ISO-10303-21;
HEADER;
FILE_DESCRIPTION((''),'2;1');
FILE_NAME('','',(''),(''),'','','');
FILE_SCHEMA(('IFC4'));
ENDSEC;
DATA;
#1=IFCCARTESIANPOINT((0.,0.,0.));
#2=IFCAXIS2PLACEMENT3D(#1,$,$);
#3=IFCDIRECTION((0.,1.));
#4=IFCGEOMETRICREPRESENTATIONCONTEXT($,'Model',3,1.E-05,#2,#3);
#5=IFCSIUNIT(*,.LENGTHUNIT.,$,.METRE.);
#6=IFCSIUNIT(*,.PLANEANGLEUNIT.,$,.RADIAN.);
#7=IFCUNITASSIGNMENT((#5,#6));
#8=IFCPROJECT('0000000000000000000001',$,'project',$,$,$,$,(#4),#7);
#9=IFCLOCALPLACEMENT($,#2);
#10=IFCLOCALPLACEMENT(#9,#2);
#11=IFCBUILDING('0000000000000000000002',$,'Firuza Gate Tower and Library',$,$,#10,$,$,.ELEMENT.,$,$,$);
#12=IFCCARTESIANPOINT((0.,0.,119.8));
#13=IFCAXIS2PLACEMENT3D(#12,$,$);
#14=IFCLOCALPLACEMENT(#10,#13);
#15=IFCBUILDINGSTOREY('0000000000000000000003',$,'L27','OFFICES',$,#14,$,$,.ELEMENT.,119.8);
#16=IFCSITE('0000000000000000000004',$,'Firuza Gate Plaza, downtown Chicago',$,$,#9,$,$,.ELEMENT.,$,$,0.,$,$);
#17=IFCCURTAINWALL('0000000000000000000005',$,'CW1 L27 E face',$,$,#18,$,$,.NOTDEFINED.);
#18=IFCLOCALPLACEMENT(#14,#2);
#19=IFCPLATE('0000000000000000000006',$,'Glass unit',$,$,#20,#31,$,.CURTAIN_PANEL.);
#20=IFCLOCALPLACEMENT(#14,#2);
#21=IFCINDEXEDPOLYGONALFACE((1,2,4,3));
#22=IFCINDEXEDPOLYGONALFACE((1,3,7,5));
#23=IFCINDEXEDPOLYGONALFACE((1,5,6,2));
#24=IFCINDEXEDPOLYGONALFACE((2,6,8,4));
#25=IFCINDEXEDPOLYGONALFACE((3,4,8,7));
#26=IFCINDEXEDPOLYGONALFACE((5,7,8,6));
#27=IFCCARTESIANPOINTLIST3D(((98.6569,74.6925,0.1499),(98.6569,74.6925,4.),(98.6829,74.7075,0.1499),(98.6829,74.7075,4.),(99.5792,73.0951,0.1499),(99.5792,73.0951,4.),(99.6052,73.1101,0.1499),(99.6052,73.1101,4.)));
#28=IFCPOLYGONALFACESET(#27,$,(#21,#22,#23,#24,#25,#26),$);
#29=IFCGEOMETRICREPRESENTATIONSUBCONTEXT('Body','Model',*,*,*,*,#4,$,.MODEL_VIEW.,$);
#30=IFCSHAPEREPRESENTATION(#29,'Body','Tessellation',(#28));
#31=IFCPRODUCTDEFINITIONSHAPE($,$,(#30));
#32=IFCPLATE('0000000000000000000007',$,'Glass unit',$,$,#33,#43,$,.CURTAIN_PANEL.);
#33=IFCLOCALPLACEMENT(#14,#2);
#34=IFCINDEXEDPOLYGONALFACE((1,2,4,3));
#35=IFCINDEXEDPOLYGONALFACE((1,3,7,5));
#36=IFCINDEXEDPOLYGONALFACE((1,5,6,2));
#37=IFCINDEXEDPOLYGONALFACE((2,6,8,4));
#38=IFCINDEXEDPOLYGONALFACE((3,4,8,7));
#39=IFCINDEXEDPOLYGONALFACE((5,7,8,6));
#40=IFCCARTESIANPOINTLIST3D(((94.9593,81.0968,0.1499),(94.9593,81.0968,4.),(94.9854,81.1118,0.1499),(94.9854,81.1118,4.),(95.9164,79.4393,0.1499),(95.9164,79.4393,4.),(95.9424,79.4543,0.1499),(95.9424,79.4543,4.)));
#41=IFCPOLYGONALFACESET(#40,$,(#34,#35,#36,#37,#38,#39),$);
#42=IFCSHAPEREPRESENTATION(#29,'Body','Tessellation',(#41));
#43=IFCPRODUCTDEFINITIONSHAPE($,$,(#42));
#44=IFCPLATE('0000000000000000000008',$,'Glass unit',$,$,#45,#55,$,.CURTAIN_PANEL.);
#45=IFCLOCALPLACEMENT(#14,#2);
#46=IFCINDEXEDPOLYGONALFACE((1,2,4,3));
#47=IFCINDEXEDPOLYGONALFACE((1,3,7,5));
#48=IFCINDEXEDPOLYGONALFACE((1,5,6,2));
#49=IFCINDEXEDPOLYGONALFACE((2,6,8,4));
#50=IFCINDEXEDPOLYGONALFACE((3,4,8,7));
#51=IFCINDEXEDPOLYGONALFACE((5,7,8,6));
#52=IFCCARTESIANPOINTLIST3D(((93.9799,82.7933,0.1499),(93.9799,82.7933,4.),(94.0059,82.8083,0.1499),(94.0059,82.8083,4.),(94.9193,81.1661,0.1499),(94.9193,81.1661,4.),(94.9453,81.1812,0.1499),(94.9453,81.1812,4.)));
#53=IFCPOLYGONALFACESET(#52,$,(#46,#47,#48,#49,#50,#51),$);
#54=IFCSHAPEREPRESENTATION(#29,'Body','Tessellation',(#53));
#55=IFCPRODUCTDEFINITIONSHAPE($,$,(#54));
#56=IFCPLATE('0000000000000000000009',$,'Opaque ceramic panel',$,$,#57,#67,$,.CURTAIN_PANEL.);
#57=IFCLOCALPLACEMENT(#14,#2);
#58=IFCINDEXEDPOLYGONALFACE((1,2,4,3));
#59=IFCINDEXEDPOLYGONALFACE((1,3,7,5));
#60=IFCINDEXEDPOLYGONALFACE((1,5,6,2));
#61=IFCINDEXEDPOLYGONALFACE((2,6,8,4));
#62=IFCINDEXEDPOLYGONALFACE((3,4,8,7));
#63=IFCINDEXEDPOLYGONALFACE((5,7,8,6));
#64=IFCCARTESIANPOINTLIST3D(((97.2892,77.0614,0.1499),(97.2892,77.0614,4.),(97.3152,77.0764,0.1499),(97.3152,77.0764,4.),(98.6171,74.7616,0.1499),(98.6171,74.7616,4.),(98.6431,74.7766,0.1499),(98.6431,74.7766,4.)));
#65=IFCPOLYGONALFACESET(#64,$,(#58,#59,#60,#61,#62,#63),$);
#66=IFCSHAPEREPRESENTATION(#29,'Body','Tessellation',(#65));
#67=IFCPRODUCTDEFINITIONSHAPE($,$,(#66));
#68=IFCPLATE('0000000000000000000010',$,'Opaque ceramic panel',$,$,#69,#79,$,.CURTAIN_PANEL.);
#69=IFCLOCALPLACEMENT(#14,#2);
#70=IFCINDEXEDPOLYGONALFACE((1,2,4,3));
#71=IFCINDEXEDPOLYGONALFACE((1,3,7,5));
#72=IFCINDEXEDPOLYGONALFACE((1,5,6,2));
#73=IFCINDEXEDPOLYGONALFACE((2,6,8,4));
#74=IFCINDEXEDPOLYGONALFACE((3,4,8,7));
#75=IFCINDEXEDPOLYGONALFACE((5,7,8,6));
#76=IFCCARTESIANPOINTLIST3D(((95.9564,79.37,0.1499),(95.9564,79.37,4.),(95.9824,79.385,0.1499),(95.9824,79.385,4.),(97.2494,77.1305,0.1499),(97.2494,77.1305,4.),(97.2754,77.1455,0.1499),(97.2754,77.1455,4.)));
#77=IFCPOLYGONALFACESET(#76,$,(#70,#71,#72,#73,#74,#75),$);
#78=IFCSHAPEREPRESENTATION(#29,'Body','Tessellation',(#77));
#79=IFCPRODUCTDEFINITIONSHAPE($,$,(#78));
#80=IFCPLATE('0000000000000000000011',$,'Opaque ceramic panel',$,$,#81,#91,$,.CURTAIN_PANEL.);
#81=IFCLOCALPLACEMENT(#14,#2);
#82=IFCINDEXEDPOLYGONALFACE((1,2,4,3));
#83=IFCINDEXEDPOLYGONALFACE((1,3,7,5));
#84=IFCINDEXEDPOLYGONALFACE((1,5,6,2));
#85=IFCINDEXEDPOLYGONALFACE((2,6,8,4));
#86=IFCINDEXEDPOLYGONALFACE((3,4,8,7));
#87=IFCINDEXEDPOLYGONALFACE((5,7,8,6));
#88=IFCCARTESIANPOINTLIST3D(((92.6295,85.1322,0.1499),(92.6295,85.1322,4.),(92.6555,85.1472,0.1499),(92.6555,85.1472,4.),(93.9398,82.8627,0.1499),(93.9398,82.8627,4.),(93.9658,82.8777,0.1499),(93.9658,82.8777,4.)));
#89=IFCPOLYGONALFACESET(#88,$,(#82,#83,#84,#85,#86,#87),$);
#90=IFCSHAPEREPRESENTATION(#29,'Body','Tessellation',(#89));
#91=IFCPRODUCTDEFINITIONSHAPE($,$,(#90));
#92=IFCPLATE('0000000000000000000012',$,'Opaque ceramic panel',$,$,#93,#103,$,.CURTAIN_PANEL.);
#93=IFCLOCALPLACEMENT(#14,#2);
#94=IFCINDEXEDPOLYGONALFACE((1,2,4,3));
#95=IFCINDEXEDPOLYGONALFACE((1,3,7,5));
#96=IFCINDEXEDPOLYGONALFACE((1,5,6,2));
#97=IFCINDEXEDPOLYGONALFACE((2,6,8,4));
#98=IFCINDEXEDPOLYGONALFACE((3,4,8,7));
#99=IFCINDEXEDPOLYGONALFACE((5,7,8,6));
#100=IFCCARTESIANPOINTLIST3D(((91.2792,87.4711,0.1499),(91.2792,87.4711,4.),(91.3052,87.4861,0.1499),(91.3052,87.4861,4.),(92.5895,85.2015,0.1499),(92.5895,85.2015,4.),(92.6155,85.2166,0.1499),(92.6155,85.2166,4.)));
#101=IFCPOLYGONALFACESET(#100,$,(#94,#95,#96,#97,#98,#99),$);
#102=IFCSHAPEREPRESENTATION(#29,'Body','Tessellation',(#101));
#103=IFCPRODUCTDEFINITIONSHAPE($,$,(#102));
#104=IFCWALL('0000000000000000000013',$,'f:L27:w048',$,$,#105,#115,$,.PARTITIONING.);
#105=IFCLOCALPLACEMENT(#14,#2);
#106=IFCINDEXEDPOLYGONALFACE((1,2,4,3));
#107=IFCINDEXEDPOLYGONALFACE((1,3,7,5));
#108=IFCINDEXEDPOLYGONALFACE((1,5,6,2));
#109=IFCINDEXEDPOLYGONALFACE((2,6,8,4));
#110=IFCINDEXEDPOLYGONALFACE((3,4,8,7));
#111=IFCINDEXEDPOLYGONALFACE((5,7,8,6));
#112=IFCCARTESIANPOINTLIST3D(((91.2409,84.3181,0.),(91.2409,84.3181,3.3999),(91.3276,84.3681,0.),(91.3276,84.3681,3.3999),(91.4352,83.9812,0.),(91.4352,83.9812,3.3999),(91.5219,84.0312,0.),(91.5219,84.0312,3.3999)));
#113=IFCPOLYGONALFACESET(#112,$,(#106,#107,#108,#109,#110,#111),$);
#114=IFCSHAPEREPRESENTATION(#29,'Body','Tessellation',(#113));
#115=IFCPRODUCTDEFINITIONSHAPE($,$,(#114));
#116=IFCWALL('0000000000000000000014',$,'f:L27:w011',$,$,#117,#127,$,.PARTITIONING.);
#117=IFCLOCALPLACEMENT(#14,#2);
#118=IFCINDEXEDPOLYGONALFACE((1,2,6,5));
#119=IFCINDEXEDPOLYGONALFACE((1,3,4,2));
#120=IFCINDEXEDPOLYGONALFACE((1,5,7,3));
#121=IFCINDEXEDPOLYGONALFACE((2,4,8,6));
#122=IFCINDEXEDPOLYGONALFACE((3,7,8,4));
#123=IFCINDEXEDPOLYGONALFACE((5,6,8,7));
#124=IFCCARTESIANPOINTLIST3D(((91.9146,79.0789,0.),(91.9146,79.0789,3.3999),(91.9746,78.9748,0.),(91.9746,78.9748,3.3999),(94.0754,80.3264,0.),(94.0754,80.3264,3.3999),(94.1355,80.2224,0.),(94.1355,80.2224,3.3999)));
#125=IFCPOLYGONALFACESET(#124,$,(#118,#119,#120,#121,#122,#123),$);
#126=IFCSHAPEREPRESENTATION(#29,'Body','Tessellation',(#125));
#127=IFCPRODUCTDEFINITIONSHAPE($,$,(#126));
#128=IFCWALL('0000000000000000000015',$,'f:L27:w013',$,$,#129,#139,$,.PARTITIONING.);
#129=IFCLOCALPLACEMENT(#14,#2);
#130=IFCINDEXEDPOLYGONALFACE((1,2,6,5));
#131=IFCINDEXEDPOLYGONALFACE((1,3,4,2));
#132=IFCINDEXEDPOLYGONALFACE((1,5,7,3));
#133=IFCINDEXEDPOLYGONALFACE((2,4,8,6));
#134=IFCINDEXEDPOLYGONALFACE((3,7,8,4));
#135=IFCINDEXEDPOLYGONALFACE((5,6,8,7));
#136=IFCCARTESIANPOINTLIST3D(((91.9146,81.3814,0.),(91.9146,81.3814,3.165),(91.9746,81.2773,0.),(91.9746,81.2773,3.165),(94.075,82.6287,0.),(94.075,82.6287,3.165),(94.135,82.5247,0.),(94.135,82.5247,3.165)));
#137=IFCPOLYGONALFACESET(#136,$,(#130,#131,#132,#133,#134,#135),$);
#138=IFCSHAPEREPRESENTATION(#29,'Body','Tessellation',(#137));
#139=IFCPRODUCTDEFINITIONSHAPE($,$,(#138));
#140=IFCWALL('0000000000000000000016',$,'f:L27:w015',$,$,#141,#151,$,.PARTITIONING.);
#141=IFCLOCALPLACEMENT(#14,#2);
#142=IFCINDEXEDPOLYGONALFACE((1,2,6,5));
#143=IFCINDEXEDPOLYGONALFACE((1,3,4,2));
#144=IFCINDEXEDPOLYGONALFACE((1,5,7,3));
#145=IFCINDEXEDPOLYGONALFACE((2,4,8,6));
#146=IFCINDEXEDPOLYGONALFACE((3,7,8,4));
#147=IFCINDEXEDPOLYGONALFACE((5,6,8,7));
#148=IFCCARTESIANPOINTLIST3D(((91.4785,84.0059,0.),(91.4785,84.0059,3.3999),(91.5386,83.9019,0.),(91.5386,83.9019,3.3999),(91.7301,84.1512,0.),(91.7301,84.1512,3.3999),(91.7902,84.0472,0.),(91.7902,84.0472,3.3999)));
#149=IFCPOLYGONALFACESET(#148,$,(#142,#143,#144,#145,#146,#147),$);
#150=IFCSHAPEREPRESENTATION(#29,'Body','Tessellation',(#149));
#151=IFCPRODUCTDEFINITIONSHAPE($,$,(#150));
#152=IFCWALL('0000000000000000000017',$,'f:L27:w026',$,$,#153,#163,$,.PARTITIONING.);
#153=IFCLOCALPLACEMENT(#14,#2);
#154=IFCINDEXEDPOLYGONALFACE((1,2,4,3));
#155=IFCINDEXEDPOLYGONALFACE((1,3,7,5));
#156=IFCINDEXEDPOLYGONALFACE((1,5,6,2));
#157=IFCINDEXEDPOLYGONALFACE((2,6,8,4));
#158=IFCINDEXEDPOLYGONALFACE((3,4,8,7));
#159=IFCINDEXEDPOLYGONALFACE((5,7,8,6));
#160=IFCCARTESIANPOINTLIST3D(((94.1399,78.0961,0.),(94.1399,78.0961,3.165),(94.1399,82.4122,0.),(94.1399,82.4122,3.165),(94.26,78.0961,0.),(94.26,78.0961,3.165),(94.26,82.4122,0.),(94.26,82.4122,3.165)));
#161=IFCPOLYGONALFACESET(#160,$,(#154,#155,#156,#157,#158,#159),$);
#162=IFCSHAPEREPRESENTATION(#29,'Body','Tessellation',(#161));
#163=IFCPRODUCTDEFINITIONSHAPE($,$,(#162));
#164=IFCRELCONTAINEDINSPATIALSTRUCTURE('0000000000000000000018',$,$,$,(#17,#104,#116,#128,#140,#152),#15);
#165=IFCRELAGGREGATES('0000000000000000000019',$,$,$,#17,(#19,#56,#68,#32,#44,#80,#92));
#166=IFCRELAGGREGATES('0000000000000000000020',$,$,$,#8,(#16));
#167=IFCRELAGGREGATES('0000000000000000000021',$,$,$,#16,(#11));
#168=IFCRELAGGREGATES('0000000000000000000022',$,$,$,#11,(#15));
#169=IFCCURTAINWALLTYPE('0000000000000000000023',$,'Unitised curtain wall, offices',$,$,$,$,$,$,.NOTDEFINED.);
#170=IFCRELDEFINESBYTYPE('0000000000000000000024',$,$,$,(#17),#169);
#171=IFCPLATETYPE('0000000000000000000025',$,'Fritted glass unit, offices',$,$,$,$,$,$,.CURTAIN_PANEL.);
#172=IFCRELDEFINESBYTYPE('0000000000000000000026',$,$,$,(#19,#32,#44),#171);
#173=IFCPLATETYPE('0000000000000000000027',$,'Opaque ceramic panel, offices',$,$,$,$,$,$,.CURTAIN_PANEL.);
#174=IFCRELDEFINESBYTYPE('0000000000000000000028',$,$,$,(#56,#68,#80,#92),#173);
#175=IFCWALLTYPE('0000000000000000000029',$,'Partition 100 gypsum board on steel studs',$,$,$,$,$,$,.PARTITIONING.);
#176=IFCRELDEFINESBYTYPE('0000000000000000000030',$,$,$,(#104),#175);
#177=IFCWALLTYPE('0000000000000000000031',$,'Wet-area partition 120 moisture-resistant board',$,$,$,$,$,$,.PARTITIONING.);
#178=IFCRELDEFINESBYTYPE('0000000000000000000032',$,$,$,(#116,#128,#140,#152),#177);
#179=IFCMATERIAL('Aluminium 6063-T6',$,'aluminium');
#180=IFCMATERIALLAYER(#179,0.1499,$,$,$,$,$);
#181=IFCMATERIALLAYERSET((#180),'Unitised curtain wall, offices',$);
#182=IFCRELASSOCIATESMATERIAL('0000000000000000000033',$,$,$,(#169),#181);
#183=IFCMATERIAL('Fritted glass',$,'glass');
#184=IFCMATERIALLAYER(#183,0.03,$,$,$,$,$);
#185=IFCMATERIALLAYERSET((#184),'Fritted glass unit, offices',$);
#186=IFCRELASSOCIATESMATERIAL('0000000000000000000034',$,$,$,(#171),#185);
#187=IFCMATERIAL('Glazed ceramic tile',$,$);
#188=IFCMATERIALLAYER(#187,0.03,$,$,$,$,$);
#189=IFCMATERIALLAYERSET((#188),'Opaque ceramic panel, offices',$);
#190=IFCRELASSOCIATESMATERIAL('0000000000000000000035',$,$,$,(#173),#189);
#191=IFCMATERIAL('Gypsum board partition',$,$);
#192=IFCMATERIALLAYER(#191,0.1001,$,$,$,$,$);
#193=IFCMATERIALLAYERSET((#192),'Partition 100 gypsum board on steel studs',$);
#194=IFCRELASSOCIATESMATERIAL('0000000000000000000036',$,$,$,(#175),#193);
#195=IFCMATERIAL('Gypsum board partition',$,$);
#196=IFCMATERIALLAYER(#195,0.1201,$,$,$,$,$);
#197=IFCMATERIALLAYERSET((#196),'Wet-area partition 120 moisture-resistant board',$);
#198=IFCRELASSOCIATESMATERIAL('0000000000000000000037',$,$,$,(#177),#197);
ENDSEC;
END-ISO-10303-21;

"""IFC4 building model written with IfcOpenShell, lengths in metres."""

from ifc_helpers import new_model, si_unit, direction, frame, frame_2d, origin, place, context, subcontext, project, spatial, polyline, rectangle, outline, extrude, material, layer, layer_set, type_object, element, aggregate, save


model = new_model("IFC4")

# Units and contexts
model_context = context("Model", 3, precision=1e-05, world=origin(), true_north=direction((0.0, 1.0)))
body_context = subcontext(model_context, "Body", "Model", "MODEL_VIEW")
ifc_project = project(units=[si_unit("LENGTHUNIT", "METRE"), si_unit("PLANEANGLEUNIT", "RADIAN")], contexts=[model_context])

# Site, building, storey
site_placement = place(None, origin())
site = spatial("IfcSite", under=ifc_project, at=site_placement, Name="Firuza Gate Plaza, downtown Chicago", CompositionType="ELEMENT", RefElevation=0.0)
building_placement = place(site_placement, origin())
building = spatial("IfcBuilding", under=site, at=building_placement, Name="Firuza Gate Tower and Library", CompositionType="ELEMENT")
storey_placement = place(building_placement, frame((0.0, 0.0, 119.8)))
storey = spatial("IfcBuildingStorey", under=building, at=storey_placement, Name="L27", Description="OFFICES", CompositionType="ELEMENT", Elevation=119.8)

# Curtain wall
ifc_material_1 = material(Name="Aluminium 6063-T6", Category="aluminium")
ifc_layer_1 = layer(ifc_material_1, 0.1499)
ifc_layer_set_1 = layer_set([ifc_layer_1], Name="Unitised curtain wall, offices")
curtain_wall_type = type_object("IfcCurtainWallType", Name="Unitised curtain wall, offices", PredefinedType="NOTDEFINED", material=ifc_layer_set_1)
curtain_wall_placement = place(storey_placement, origin())
curtain_wall = element("IfcCurtainWall", 1, at=curtain_wall_placement, inside=storey, type_object=curtain_wall_type, Name="CW1 L27 E face", PredefinedType="NOTDEFINED")

# Plates
ifc_material_2 = material(Name="Fritted glass", Category="glass")
ifc_layer_2 = layer(ifc_material_2, 0.03)
ifc_layer_set_2 = layer_set([ifc_layer_2], Name="Fritted glass unit, offices")
plate_type_1 = type_object("IfcPlateType", Name="Fritted glass unit, offices", PredefinedType="CURTAIN_PANEL", material=ifc_layer_set_2)
plate_1_placement = place(storey_placement, frame((99.6052, 73.1101, 0.1499), z_axis=(0.866003, 0.500039, 0.0), x_axis=(-0.500039, 0.866003, 0.0)))
plate_1 = element("IfcPlate", 2, at=plate_1_placement, type_object=plate_type_1, Name="Glass unit", PredefinedType="CURTAIN_PANEL", context=body_context, shape_type="SweptSolid", body=[
    extrude(outline(polyline([(0.0, 0.0), (1.8446, 0.0), (1.8446, 3.8501), (0.0, 3.8501), (0.0, 0.0)])), origin(), (0.0, 0.0, -1.0), 0.03),
])
plate_2_placement = place(storey_placement, frame((95.9424, 79.4543, 0.1499), z_axis=(0.866005, 0.500035, 0.0), x_axis=(-0.500035, 0.866005, 0.0)))
plate_2 = element("IfcPlate", 3, at=plate_2_placement, type_object=plate_type_1, Name="Glass unit", PredefinedType="CURTAIN_PANEL", context=body_context, shape_type="SweptSolid", body=[
    extrude(outline(polyline([(0.0, 0.0), (1.9139, 0.0), (1.9139, 3.8501), (0.0, 3.8501), (0.0, 0.0)])), origin(), (0.0, 0.0, -1.0), 0.03),
])
plate_3_placement = place(storey_placement, frame((94.9453, 81.1812, 0.1499), z_axis=(0.866028, 0.499996, 0.0), x_axis=(-0.499996, 0.866028, 0.0)))
plate_3 = element("IfcPlate", 4, at=plate_3_placement, type_object=plate_type_1, Name="Glass unit", PredefinedType="CURTAIN_PANEL", context=body_context, shape_type="SweptSolid", body=[
    extrude(outline(polyline([(0.0, 0.0), (1.8789, 0.0), (1.8789, 3.8501), (0.0, 3.8501), (0.0, 0.0)])), origin(), (0.0, 0.0, -1.0), 0.03),
])
ifc_material_3 = material(Name="Glazed ceramic tile")
ifc_layer_3 = layer(ifc_material_3, 0.03)
ifc_layer_set_3 = layer_set([ifc_layer_3], Name="Opaque ceramic panel, offices")
plate_type_2 = type_object("IfcPlateType", Name="Opaque ceramic panel, offices", PredefinedType="CURTAIN_PANEL", material=ifc_layer_set_3)
plate_4_placement = place(storey_placement, frame((98.6431, 74.7766, 0.1499), z_axis=(0.866011, 0.500025, 0.0), x_axis=(-0.500025, 0.866011, 0.0)))
plate_4 = element("IfcPlate", 5, at=plate_4_placement, type_object=plate_type_2, Name="Opaque ceramic panel", PredefinedType="CURTAIN_PANEL", context=body_context, shape_type="SweptSolid", body=[
    extrude(outline(polyline([(0.0, 0.0), (2.6556, 0.0), (2.6556, 3.8501), (0.0, 3.8501), (0.0, 0.0)])), origin(), (0.0, 0.0, -1.0), 0.03),
])
plate_5_placement = place(storey_placement, frame((97.2754, 77.1455, 0.1499), z_axis=(0.866027, 0.499998, 0.0), x_axis=(-0.499998, 0.866027, 0.0)))
plate_5 = element("IfcPlate", 6, at=plate_5_placement, type_object=plate_type_2, Name="Opaque ceramic panel", PredefinedType="CURTAIN_PANEL", context=body_context, shape_type="SweptSolid", body=[
    extrude(outline(polyline([(0.0, 0.0), (2.5859, 0.0), (2.5859, 3.8501), (0.0, 3.8501), (0.0, 0.0)])), origin(), (0.0, 0.0, -1.0), 0.03),
])
plate_6_placement = place(storey_placement, frame((93.9658, 82.8777, 0.1499), z_axis=(0.866027, 0.499997, 0.0), x_axis=(-0.499997, 0.866027, 0.0)))
plate_6 = element("IfcPlate", 7, at=plate_6_placement, type_object=plate_type_2, Name="Opaque ceramic panel", PredefinedType="CURTAIN_PANEL", context=body_context, shape_type="SweptSolid", body=[
    extrude(outline(polyline([(0.0, 0.0), (2.6206, 0.0), (2.6206, 3.8501), (0.0, 3.8501), (0.0, 0.0)])), origin(), (0.0, 0.0, -1.0), 0.03),
])
plate_7_placement = place(storey_placement, frame((92.6155, 85.2166, 0.1499), z_axis=(0.866027, 0.499997, 0.0), x_axis=(-0.499997, 0.866027, 0.0)))
plate_7 = element("IfcPlate", 8, at=plate_7_placement, type_object=plate_type_2, Name="Opaque ceramic panel", PredefinedType="CURTAIN_PANEL", context=body_context, shape_type="SweptSolid", body=[
    extrude(outline(polyline([(0.0, 0.0), (2.6206, 0.0), (2.6206, 3.8501), (0.0, 3.8501), (0.0, 0.0)])), origin(), (0.0, 0.0, -1.0), 0.03),
])
aggregate(curtain_wall, [plate_1, plate_4, plate_5, plate_2, plate_3, plate_6, plate_7])

# Walls
ifc_material_4 = material(Name="Gypsum board partition")
ifc_layer_4 = layer(ifc_material_4, 0.1001)
ifc_layer_set_4 = layer_set([ifc_layer_4], Name="Partition 100 gypsum board on steel studs")
wall_type_1 = type_object("IfcWallType", Name="Partition 100 gypsum board on steel studs", PredefinedType="PARTITIONING", material=ifc_layer_set_4)
wall_1_placement = place(storey_placement, frame((91.4785, 84.0063, 0.0), z_axis=(0.0, 0.0, 1.0), x_axis=(-0.49965, 0.866227, 0.0)))
element("IfcWall", 9, at=wall_1_placement, inside=storey, type_object=wall_type_1, Name="f:L27:w048", PredefinedType="PARTITIONING", context=body_context, shape_type="SweptSolid", body=[
    extrude(rectangle(XDim=0.3889, YDim=0.1001, at=frame_2d((0.1943, 0.0))), origin(), (0.0, 0.0, 1.0), 3.3999),
])
ifc_material_5 = material(Name="Gypsum board partition")
ifc_layer_5 = layer(ifc_material_5, 0.1201)
ifc_layer_set_5 = layer_set([ifc_layer_5], Name="Wet-area partition 120 moisture-resistant board")
wall_type_2 = type_object("IfcWallType", Name="Wet-area partition 120 moisture-resistant board", PredefinedType="PARTITIONING", material=ifc_layer_set_5)
wall_2_placement = place(storey_placement, frame((91.9446, 79.0269, 0.0), z_axis=(0.0, 0.0, 1.0), x_axis=(0.866031, 0.499991, 0.0)))
element("IfcWall", 10, at=wall_2_placement, inside=storey, type_object=wall_type_2, Name="f:L27:w011", PredefinedType="PARTITIONING", context=body_context, shape_type="SweptSolid", body=[
    extrude(rectangle(XDim=2.4951, YDim=0.1201, at=frame_2d((1.2476, 0.0))), origin(), (0.0, 0.0, 1.0), 3.3999),
])
wall_3_placement = place(storey_placement, frame((91.9446, 81.3293, 0.0), z_axis=(0.0, 0.0, 1.0), x_axis=(0.866024, 0.500002, 0.0)))
element("IfcWall", 11, at=wall_3_placement, inside=storey, type_object=wall_type_2, Name="f:L27:w013", PredefinedType="PARTITIONING", context=body_context, shape_type="SweptSolid", body=[
    extrude(rectangle(XDim=2.4946, YDim=0.1201, at=frame_2d((1.2473, 0.0))), origin(), (0.0, 0.0, 1.0), 3.165),
])
wall_4_placement = place(storey_placement, frame((91.5085, 83.9539, 0.0), z_axis=(0.0, 0.0, 1.0), x_axis=(0.865906, 0.500208, 0.0)))
element("IfcWall", 12, at=wall_4_placement, inside=storey, type_object=wall_type_2, Name="f:L27:w015", PredefinedType="PARTITIONING", context=body_context, shape_type="SweptSolid", body=[
    extrude(rectangle(XDim=0.2905, YDim=0.1201, at=frame_2d((0.1453, 0.0))), origin(), (0.0, 0.0, 1.0), 3.3999),
])
wall_5_placement = place(storey_placement, frame((94.2, 78.0959, 0.0), z_axis=(0.0, 0.0, 1.0), x_axis=(0.0, 1.0, 0.0)))
element("IfcWall", 13, at=wall_5_placement, inside=storey, type_object=wall_type_2, Name="f:L27:w026", PredefinedType="PARTITIONING", context=body_context, shape_type="SweptSolid", body=[
    extrude(rectangle(XDim=4.3162, YDim=0.1201, at=frame_2d((2.1582, 0.0))), origin(), (0.0, 0.0, 1.0), 3.165),
])

save(model, "model.ifc")
